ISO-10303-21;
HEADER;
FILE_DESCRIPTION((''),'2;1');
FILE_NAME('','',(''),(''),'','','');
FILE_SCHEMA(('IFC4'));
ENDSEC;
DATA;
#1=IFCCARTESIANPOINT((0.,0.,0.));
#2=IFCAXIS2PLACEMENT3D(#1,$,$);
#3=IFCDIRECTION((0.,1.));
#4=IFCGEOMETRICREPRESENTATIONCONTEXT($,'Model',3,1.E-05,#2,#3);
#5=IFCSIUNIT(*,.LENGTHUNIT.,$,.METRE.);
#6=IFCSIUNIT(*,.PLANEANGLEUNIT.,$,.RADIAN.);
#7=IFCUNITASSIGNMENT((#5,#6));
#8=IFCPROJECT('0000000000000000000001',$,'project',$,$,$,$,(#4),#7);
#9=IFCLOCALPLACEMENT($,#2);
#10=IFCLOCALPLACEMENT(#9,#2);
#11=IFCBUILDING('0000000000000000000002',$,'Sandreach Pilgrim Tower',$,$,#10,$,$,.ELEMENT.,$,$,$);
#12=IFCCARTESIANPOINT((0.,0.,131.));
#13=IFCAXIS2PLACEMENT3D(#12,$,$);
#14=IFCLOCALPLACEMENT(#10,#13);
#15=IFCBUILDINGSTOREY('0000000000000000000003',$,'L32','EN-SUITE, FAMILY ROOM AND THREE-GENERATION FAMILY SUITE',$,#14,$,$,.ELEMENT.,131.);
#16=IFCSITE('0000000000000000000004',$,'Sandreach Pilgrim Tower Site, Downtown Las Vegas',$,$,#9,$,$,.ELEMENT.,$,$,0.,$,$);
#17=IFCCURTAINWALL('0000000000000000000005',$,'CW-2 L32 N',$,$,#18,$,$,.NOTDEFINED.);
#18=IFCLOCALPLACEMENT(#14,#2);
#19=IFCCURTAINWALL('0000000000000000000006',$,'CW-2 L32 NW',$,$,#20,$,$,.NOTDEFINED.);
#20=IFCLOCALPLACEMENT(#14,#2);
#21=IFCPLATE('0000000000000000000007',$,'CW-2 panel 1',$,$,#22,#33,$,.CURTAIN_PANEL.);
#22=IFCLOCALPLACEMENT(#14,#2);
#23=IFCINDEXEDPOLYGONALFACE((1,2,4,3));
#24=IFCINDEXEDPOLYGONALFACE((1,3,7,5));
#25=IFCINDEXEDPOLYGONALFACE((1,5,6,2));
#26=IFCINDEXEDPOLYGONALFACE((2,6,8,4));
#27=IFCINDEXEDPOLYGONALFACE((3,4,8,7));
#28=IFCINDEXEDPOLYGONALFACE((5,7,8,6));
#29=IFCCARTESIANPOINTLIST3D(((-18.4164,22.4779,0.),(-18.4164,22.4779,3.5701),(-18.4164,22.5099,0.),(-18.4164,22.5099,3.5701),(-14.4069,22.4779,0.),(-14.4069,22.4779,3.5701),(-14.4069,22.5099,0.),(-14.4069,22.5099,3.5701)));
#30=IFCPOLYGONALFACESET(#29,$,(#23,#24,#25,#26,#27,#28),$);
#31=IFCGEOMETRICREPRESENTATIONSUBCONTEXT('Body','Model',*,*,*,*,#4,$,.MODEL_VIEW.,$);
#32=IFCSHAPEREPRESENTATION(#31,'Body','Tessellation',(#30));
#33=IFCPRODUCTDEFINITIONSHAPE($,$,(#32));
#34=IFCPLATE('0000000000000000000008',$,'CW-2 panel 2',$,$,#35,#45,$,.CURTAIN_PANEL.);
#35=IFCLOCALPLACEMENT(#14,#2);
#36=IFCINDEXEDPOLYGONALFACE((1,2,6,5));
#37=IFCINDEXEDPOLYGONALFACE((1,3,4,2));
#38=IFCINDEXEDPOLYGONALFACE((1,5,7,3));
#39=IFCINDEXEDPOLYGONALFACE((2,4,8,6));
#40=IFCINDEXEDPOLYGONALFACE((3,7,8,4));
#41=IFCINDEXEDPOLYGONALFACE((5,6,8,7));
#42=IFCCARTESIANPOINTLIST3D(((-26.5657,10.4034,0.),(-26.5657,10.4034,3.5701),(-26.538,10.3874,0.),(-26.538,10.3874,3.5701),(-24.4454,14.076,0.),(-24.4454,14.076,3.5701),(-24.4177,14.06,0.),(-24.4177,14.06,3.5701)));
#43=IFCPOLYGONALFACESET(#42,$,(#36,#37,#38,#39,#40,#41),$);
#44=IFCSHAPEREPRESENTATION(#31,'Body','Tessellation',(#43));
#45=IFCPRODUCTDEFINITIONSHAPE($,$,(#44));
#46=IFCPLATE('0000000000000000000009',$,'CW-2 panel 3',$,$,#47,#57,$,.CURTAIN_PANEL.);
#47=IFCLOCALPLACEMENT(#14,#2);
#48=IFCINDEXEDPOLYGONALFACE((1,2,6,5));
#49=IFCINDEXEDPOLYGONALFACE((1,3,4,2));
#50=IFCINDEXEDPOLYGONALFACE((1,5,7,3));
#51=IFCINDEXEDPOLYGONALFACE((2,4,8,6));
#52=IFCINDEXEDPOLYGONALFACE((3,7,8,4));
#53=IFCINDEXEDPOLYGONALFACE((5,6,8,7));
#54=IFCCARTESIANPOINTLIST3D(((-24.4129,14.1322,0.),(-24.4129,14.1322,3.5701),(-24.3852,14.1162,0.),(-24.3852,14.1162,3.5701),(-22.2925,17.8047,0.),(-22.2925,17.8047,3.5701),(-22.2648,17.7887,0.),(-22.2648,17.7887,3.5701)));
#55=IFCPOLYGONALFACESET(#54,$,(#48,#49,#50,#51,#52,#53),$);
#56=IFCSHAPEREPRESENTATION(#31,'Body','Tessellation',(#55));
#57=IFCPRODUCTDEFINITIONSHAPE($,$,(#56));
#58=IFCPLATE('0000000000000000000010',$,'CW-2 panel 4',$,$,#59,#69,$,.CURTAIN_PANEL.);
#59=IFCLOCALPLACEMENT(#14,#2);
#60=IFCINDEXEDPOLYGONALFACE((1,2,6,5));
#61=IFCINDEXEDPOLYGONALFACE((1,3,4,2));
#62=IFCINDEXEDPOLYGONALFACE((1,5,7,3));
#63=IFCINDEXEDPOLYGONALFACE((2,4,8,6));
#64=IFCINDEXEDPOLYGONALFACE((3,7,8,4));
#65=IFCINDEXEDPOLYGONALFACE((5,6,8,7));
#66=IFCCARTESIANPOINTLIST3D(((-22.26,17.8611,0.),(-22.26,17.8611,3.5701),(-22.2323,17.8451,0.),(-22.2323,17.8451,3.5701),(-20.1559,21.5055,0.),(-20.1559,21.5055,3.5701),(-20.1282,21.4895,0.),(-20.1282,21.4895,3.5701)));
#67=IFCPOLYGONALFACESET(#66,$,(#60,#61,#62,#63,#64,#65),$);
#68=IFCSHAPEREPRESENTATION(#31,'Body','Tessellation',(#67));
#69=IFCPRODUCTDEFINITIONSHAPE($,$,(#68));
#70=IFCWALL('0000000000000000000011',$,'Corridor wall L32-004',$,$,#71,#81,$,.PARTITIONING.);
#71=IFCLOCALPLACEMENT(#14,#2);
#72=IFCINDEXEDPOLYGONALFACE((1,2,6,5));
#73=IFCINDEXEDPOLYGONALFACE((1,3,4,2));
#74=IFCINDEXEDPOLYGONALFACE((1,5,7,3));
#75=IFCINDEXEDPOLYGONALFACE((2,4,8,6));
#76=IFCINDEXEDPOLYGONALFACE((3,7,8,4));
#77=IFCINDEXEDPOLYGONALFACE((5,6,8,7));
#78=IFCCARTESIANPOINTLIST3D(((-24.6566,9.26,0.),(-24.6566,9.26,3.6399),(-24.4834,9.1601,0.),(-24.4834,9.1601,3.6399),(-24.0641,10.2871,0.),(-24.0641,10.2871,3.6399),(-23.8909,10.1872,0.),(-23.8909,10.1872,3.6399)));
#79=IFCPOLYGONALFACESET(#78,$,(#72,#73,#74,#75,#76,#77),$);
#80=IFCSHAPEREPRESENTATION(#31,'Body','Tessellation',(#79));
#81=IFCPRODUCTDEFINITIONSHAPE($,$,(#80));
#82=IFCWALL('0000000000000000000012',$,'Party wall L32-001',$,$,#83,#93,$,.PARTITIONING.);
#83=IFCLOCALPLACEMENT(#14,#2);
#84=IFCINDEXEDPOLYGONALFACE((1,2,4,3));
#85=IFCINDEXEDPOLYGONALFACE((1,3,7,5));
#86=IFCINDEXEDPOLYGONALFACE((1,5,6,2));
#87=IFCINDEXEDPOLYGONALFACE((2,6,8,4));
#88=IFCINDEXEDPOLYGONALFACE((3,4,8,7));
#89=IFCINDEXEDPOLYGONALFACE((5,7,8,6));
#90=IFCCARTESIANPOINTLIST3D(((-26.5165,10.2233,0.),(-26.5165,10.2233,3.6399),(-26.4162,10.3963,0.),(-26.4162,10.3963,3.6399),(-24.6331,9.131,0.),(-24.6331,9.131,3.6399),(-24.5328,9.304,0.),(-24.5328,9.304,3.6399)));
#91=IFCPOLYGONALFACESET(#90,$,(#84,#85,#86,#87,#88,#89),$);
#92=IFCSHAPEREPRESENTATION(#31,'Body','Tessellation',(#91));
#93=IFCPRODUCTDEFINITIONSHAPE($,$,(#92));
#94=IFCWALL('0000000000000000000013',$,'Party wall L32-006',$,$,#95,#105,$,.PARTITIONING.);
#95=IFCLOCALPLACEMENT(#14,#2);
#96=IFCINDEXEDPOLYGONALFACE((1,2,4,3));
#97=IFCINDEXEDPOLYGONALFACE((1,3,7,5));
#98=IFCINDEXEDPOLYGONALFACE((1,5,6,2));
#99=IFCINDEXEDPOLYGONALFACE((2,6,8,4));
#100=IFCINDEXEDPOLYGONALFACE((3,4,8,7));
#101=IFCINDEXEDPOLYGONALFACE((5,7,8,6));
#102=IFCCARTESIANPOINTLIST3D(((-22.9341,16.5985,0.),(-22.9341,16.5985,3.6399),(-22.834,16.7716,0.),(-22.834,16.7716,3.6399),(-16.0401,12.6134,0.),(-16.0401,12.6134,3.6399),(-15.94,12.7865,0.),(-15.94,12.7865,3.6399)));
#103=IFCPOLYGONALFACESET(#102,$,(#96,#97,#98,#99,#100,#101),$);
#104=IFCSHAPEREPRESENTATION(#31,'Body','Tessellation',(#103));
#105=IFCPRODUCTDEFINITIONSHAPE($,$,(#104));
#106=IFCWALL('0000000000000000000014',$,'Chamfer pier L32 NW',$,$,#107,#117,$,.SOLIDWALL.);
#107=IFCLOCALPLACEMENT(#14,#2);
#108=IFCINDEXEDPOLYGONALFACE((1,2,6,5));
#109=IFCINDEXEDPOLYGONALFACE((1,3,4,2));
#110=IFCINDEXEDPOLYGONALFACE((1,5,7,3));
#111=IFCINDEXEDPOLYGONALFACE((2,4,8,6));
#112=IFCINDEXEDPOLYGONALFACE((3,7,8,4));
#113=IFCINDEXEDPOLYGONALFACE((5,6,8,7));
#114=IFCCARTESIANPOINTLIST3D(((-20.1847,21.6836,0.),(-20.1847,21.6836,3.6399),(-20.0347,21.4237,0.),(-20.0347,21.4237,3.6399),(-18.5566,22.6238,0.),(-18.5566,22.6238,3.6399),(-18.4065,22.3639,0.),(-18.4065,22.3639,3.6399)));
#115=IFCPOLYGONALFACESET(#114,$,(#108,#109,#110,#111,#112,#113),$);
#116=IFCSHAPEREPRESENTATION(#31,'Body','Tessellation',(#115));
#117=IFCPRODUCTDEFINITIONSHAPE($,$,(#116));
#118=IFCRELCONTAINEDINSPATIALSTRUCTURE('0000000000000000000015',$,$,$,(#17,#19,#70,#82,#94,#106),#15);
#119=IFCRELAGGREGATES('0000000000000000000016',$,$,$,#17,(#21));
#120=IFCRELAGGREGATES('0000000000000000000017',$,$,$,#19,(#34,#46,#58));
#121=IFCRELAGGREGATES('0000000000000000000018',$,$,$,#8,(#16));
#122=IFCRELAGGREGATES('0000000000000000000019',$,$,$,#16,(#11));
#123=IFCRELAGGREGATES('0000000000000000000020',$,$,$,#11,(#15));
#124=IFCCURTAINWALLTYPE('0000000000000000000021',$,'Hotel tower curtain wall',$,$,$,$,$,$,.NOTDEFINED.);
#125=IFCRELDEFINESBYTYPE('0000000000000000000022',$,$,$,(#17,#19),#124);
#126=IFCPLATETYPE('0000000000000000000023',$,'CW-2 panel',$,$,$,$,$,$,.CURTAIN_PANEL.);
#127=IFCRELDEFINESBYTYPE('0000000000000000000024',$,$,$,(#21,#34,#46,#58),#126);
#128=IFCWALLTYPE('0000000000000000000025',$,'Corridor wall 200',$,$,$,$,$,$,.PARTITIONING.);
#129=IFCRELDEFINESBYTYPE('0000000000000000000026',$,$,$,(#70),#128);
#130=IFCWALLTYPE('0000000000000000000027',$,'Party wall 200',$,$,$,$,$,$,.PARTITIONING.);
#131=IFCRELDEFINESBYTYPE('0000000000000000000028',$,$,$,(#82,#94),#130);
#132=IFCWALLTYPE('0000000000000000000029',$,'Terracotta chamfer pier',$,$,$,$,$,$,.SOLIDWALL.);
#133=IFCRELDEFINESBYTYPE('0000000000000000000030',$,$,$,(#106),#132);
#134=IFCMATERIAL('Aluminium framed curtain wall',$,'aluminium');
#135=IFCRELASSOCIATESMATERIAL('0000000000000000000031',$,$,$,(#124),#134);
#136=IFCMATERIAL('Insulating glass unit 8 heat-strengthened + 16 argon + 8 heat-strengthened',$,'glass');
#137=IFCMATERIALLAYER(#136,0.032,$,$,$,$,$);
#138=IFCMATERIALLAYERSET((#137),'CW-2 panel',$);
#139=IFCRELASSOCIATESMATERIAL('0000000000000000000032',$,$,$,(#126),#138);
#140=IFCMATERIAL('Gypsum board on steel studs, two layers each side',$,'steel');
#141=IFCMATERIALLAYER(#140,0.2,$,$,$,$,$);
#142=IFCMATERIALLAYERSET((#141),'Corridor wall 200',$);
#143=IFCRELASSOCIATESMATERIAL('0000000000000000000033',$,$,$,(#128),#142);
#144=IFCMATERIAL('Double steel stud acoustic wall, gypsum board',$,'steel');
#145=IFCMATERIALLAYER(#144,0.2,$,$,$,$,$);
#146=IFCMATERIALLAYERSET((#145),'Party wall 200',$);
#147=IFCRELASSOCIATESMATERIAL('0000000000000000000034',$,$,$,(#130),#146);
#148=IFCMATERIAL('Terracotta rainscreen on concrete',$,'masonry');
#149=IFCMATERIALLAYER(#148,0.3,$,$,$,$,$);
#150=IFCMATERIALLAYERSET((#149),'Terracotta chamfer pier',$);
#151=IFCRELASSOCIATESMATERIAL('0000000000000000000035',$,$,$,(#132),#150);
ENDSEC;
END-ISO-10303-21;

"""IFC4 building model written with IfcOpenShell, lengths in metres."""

from ifc_helpers import new_model, si_unit, direction, frame, frame_2d, origin, origin_2d, place, context, subcontext, project, spatial, rectangle, extrude, material, layer, layer_set, type_object, element, aggregate, save


model = new_model("IFC4")

# Units and contexts
model_context = context("Model", 3, precision=1e-05, world=origin(), true_north=direction((0.0, 1.0)))
body_context = subcontext(model_context, "Body", "Model", "MODEL_VIEW")
ifc_project = project(units=[si_unit("LENGTHUNIT", "METRE"), si_unit("PLANEANGLEUNIT", "RADIAN")], contexts=[model_context])

# Site, building, storey
site_placement = place(None, origin())
site = spatial("IfcSite", under=ifc_project, at=site_placement, Name="Sandreach Pilgrim Tower Site, Downtown Las Vegas", CompositionType="ELEMENT", RefElevation=0.0)
building_placement = place(site_placement, origin())
building = spatial("IfcBuilding", under=site, at=building_placement, Name="Sandreach Pilgrim Tower", CompositionType="ELEMENT")
storey_placement = place(building_placement, frame((0.0, 0.0, 131.0)))
storey = spatial("IfcBuildingStorey", under=building, at=storey_placement, Name="L32", Description="EN-SUITE, FAMILY ROOM AND THREE-GENERATION FAMILY SUITE", CompositionType="ELEMENT", Elevation=131.0)

# Curtain wall
ifc_material_1 = material(Name="Aluminium framed curtain wall", Category="aluminium")
curtain_wall_type = type_object("IfcCurtainWallType", Name="Hotel tower curtain wall", PredefinedType="NOTDEFINED", material=ifc_material_1)
curtain_wall_1_placement = place(storey_placement, origin())
curtain_wall_1 = element("IfcCurtainWall", 1, at=curtain_wall_1_placement, inside=storey, type_object=curtain_wall_type, Name="CW-2 L32 N", PredefinedType="NOTDEFINED")

# Curtain wall
curtain_wall_2_placement = place(storey_placement, origin())
curtain_wall_2 = element("IfcCurtainWall", 2, at=curtain_wall_2_placement, inside=storey, type_object=curtain_wall_type, Name="CW-2 L32 NW", PredefinedType="NOTDEFINED")

# Plates
ifc_material_2 = material(Name="Insulating glass unit 8 heat-strengthened + 16 argon + 8 heat-strengthened", Category="glass")
ifc_layer_1 = layer(ifc_material_2, 0.032)
ifc_layer_set_1 = layer_set([ifc_layer_1], Name="CW-2 panel")
plate_type = type_object("IfcPlateType", Name="CW-2 panel", PredefinedType="CURTAIN_PANEL", material=ifc_layer_set_1)
plate_1_placement = place(storey_placement, frame((-16.4116, 22.4939, 0.0), z_axis=(0.0, 0.0, 1.0), x_axis=(1.0, 0.0, 0.0)))
plate_1 = element("IfcPlate", 3, at=plate_1_placement, type_object=plate_type, Name="CW-2 panel 1", PredefinedType="CURTAIN_PANEL", context=body_context, shape_type="SweptSolid", body=[
    extrude(rectangle(XDim=4.0095, YDim=0.032, at=origin_2d()), origin(), (0.0, 0.0, 1.0), 3.5701),
])
aggregate(curtain_wall_1, [plate_1])
plate_2_placement = place(storey_placement, frame((-25.4917, 12.2317, 0.0), z_axis=(0.0, 0.0, 1.0), x_axis=(0.5, 0.866025, 0.0)))
plate_2 = element("IfcPlate", 4, at=plate_2_placement, type_object=plate_type, Name="CW-2 panel 2", PredefinedType="CURTAIN_PANEL", context=body_context, shape_type="SweptSolid", body=[
    extrude(rectangle(XDim=4.2407, YDim=0.032, at=origin_2d()), origin(), (0.0, 0.0, 1.0), 3.5701),
])
plate_3_placement = place(storey_placement, frame((-23.3389, 15.9604, 0.0), z_axis=(0.0, 0.0, 1.0), x_axis=(0.5, 0.866025, 0.0)))
plate_3 = element("IfcPlate", 5, at=plate_3_placement, type_object=plate_type, Name="CW-2 panel 3", PredefinedType="CURTAIN_PANEL", context=body_context, shape_type="SweptSolid", body=[
    extrude(rectangle(XDim=4.2407, YDim=0.032, at=origin_2d()), origin(), (0.0, 0.0, 1.0), 3.5701),
])
plate_4_placement = place(storey_placement, frame((-21.1941, 19.6753, 0.0), z_axis=(0.0, 0.0, 1.0), x_axis=(0.5, 0.866025, 0.0)))
plate_4 = element("IfcPlate", 6, at=plate_4_placement, type_object=plate_type, Name="CW-2 panel 4", PredefinedType="CURTAIN_PANEL", context=body_context, shape_type="SweptSolid", body=[
    extrude(rectangle(XDim=4.2083, YDim=0.032, at=origin_2d()), origin(), (0.0, 0.0, 1.0), 3.5701),
])
aggregate(curtain_wall_2, [plate_2, plate_3, plate_4])

# Walls
ifc_material_3 = material(Name="Gypsum board on steel studs, two layers each side", Category="steel")
ifc_layer_2 = layer(ifc_material_3, 0.2)
ifc_layer_set_2 = layer_set([ifc_layer_2], Name="Corridor wall 200")
wall_type_1 = type_object("IfcWallType", Name="Corridor wall 200", PredefinedType="PARTITIONING", material=ifc_layer_set_2)
wall_1_placement = place(storey_placement, frame((-23.9775, 10.2371, 0.0), z_axis=(0.0, 0.0, 1.0), x_axis=(-0.499705, -0.866196, 0.0)))
element("IfcWall", 7, at=wall_1_placement, inside=storey, type_object=wall_type_1, Name="Corridor wall L32-004", PredefinedType="PARTITIONING", context=body_context, shape_type="SweptSolid", body=[
    extrude(rectangle(XDim=1.1858, YDim=0.2, at=frame_2d((0.5928, 0.0))), origin(), (0.0, 0.0, 1.0), 3.6399),
])
ifc_material_4 = material(Name="Double steel stud acoustic wall, gypsum board", Category="steel")
ifc_layer_3 = layer(ifc_material_4, 0.2)
ifc_layer_set_3 = layer_set([ifc_layer_3], Name="Party wall 200")
wall_type_2 = type_object("IfcWallType", Name="Party wall 200", PredefinedType="PARTITIONING", material=ifc_layer_set_3)
wall_2_placement = place(storey_placement, frame((-26.4663, 10.3098, 0.0), z_axis=(0.0, 0.0, 1.0), x_axis=(0.865037, -0.501708, 0.0)))
element("IfcWall", 8, at=wall_2_placement, inside=storey, type_object=wall_type_2, Name="Party wall L32-001", PredefinedType="PARTITIONING", context=body_context, shape_type="SweptSolid", body=[
    extrude(rectangle(XDim=2.1772, YDim=0.2, at=frame_2d((1.0886, 0.0))), origin(), (0.0, 0.0, 1.0), 3.6399),
])
wall_3_placement = place(storey_placement, frame((-22.884, 16.6851, 0.0), z_axis=(0.0, 0.0, 1.0), x_axis=(0.865763, -0.500455, 0.0)))
element("IfcWall", 9, at=wall_3_placement, inside=storey, type_object=wall_type_2, Name="Party wall L32-006", PredefinedType="PARTITIONING", context=body_context, shape_type="SweptSolid", body=[
    extrude(rectangle(XDim=7.9629, YDim=0.2, at=frame_2d((3.9814, 0.0))), origin(), (0.0, 0.0, 1.0), 3.6399),
])
ifc_material_5 = material(Name="Terracotta rainscreen on concrete", Category="masonry")
ifc_layer_4 = layer(ifc_material_5, 0.3)
ifc_layer_set_4 = layer_set([ifc_layer_4], Name="Terracotta chamfer pier")
wall_type_3 = type_object("IfcWallType", Name="Terracotta chamfer pier", PredefinedType="SOLIDWALL", material=ifc_layer_set_4)
wall_4_placement = place(storey_placement, frame((-20.1096, 21.5537, 0.0), z_axis=(0.0, 0.0, 1.0), x_axis=(0.865989, 0.500063, 0.0)))
element("IfcWall", 10, at=wall_4_placement, inside=storey, type_object=wall_type_3, Name="Chamfer pier L32 NW", PredefinedType="SOLIDWALL", context=body_context, shape_type="SweptSolid", body=[
    extrude(rectangle(XDim=1.8801, YDim=0.3, at=frame_2d((0.9399, 0.0))), origin(), (0.0, 0.0, 1.0), 3.6399),
])

save(model, "model.ifc")
